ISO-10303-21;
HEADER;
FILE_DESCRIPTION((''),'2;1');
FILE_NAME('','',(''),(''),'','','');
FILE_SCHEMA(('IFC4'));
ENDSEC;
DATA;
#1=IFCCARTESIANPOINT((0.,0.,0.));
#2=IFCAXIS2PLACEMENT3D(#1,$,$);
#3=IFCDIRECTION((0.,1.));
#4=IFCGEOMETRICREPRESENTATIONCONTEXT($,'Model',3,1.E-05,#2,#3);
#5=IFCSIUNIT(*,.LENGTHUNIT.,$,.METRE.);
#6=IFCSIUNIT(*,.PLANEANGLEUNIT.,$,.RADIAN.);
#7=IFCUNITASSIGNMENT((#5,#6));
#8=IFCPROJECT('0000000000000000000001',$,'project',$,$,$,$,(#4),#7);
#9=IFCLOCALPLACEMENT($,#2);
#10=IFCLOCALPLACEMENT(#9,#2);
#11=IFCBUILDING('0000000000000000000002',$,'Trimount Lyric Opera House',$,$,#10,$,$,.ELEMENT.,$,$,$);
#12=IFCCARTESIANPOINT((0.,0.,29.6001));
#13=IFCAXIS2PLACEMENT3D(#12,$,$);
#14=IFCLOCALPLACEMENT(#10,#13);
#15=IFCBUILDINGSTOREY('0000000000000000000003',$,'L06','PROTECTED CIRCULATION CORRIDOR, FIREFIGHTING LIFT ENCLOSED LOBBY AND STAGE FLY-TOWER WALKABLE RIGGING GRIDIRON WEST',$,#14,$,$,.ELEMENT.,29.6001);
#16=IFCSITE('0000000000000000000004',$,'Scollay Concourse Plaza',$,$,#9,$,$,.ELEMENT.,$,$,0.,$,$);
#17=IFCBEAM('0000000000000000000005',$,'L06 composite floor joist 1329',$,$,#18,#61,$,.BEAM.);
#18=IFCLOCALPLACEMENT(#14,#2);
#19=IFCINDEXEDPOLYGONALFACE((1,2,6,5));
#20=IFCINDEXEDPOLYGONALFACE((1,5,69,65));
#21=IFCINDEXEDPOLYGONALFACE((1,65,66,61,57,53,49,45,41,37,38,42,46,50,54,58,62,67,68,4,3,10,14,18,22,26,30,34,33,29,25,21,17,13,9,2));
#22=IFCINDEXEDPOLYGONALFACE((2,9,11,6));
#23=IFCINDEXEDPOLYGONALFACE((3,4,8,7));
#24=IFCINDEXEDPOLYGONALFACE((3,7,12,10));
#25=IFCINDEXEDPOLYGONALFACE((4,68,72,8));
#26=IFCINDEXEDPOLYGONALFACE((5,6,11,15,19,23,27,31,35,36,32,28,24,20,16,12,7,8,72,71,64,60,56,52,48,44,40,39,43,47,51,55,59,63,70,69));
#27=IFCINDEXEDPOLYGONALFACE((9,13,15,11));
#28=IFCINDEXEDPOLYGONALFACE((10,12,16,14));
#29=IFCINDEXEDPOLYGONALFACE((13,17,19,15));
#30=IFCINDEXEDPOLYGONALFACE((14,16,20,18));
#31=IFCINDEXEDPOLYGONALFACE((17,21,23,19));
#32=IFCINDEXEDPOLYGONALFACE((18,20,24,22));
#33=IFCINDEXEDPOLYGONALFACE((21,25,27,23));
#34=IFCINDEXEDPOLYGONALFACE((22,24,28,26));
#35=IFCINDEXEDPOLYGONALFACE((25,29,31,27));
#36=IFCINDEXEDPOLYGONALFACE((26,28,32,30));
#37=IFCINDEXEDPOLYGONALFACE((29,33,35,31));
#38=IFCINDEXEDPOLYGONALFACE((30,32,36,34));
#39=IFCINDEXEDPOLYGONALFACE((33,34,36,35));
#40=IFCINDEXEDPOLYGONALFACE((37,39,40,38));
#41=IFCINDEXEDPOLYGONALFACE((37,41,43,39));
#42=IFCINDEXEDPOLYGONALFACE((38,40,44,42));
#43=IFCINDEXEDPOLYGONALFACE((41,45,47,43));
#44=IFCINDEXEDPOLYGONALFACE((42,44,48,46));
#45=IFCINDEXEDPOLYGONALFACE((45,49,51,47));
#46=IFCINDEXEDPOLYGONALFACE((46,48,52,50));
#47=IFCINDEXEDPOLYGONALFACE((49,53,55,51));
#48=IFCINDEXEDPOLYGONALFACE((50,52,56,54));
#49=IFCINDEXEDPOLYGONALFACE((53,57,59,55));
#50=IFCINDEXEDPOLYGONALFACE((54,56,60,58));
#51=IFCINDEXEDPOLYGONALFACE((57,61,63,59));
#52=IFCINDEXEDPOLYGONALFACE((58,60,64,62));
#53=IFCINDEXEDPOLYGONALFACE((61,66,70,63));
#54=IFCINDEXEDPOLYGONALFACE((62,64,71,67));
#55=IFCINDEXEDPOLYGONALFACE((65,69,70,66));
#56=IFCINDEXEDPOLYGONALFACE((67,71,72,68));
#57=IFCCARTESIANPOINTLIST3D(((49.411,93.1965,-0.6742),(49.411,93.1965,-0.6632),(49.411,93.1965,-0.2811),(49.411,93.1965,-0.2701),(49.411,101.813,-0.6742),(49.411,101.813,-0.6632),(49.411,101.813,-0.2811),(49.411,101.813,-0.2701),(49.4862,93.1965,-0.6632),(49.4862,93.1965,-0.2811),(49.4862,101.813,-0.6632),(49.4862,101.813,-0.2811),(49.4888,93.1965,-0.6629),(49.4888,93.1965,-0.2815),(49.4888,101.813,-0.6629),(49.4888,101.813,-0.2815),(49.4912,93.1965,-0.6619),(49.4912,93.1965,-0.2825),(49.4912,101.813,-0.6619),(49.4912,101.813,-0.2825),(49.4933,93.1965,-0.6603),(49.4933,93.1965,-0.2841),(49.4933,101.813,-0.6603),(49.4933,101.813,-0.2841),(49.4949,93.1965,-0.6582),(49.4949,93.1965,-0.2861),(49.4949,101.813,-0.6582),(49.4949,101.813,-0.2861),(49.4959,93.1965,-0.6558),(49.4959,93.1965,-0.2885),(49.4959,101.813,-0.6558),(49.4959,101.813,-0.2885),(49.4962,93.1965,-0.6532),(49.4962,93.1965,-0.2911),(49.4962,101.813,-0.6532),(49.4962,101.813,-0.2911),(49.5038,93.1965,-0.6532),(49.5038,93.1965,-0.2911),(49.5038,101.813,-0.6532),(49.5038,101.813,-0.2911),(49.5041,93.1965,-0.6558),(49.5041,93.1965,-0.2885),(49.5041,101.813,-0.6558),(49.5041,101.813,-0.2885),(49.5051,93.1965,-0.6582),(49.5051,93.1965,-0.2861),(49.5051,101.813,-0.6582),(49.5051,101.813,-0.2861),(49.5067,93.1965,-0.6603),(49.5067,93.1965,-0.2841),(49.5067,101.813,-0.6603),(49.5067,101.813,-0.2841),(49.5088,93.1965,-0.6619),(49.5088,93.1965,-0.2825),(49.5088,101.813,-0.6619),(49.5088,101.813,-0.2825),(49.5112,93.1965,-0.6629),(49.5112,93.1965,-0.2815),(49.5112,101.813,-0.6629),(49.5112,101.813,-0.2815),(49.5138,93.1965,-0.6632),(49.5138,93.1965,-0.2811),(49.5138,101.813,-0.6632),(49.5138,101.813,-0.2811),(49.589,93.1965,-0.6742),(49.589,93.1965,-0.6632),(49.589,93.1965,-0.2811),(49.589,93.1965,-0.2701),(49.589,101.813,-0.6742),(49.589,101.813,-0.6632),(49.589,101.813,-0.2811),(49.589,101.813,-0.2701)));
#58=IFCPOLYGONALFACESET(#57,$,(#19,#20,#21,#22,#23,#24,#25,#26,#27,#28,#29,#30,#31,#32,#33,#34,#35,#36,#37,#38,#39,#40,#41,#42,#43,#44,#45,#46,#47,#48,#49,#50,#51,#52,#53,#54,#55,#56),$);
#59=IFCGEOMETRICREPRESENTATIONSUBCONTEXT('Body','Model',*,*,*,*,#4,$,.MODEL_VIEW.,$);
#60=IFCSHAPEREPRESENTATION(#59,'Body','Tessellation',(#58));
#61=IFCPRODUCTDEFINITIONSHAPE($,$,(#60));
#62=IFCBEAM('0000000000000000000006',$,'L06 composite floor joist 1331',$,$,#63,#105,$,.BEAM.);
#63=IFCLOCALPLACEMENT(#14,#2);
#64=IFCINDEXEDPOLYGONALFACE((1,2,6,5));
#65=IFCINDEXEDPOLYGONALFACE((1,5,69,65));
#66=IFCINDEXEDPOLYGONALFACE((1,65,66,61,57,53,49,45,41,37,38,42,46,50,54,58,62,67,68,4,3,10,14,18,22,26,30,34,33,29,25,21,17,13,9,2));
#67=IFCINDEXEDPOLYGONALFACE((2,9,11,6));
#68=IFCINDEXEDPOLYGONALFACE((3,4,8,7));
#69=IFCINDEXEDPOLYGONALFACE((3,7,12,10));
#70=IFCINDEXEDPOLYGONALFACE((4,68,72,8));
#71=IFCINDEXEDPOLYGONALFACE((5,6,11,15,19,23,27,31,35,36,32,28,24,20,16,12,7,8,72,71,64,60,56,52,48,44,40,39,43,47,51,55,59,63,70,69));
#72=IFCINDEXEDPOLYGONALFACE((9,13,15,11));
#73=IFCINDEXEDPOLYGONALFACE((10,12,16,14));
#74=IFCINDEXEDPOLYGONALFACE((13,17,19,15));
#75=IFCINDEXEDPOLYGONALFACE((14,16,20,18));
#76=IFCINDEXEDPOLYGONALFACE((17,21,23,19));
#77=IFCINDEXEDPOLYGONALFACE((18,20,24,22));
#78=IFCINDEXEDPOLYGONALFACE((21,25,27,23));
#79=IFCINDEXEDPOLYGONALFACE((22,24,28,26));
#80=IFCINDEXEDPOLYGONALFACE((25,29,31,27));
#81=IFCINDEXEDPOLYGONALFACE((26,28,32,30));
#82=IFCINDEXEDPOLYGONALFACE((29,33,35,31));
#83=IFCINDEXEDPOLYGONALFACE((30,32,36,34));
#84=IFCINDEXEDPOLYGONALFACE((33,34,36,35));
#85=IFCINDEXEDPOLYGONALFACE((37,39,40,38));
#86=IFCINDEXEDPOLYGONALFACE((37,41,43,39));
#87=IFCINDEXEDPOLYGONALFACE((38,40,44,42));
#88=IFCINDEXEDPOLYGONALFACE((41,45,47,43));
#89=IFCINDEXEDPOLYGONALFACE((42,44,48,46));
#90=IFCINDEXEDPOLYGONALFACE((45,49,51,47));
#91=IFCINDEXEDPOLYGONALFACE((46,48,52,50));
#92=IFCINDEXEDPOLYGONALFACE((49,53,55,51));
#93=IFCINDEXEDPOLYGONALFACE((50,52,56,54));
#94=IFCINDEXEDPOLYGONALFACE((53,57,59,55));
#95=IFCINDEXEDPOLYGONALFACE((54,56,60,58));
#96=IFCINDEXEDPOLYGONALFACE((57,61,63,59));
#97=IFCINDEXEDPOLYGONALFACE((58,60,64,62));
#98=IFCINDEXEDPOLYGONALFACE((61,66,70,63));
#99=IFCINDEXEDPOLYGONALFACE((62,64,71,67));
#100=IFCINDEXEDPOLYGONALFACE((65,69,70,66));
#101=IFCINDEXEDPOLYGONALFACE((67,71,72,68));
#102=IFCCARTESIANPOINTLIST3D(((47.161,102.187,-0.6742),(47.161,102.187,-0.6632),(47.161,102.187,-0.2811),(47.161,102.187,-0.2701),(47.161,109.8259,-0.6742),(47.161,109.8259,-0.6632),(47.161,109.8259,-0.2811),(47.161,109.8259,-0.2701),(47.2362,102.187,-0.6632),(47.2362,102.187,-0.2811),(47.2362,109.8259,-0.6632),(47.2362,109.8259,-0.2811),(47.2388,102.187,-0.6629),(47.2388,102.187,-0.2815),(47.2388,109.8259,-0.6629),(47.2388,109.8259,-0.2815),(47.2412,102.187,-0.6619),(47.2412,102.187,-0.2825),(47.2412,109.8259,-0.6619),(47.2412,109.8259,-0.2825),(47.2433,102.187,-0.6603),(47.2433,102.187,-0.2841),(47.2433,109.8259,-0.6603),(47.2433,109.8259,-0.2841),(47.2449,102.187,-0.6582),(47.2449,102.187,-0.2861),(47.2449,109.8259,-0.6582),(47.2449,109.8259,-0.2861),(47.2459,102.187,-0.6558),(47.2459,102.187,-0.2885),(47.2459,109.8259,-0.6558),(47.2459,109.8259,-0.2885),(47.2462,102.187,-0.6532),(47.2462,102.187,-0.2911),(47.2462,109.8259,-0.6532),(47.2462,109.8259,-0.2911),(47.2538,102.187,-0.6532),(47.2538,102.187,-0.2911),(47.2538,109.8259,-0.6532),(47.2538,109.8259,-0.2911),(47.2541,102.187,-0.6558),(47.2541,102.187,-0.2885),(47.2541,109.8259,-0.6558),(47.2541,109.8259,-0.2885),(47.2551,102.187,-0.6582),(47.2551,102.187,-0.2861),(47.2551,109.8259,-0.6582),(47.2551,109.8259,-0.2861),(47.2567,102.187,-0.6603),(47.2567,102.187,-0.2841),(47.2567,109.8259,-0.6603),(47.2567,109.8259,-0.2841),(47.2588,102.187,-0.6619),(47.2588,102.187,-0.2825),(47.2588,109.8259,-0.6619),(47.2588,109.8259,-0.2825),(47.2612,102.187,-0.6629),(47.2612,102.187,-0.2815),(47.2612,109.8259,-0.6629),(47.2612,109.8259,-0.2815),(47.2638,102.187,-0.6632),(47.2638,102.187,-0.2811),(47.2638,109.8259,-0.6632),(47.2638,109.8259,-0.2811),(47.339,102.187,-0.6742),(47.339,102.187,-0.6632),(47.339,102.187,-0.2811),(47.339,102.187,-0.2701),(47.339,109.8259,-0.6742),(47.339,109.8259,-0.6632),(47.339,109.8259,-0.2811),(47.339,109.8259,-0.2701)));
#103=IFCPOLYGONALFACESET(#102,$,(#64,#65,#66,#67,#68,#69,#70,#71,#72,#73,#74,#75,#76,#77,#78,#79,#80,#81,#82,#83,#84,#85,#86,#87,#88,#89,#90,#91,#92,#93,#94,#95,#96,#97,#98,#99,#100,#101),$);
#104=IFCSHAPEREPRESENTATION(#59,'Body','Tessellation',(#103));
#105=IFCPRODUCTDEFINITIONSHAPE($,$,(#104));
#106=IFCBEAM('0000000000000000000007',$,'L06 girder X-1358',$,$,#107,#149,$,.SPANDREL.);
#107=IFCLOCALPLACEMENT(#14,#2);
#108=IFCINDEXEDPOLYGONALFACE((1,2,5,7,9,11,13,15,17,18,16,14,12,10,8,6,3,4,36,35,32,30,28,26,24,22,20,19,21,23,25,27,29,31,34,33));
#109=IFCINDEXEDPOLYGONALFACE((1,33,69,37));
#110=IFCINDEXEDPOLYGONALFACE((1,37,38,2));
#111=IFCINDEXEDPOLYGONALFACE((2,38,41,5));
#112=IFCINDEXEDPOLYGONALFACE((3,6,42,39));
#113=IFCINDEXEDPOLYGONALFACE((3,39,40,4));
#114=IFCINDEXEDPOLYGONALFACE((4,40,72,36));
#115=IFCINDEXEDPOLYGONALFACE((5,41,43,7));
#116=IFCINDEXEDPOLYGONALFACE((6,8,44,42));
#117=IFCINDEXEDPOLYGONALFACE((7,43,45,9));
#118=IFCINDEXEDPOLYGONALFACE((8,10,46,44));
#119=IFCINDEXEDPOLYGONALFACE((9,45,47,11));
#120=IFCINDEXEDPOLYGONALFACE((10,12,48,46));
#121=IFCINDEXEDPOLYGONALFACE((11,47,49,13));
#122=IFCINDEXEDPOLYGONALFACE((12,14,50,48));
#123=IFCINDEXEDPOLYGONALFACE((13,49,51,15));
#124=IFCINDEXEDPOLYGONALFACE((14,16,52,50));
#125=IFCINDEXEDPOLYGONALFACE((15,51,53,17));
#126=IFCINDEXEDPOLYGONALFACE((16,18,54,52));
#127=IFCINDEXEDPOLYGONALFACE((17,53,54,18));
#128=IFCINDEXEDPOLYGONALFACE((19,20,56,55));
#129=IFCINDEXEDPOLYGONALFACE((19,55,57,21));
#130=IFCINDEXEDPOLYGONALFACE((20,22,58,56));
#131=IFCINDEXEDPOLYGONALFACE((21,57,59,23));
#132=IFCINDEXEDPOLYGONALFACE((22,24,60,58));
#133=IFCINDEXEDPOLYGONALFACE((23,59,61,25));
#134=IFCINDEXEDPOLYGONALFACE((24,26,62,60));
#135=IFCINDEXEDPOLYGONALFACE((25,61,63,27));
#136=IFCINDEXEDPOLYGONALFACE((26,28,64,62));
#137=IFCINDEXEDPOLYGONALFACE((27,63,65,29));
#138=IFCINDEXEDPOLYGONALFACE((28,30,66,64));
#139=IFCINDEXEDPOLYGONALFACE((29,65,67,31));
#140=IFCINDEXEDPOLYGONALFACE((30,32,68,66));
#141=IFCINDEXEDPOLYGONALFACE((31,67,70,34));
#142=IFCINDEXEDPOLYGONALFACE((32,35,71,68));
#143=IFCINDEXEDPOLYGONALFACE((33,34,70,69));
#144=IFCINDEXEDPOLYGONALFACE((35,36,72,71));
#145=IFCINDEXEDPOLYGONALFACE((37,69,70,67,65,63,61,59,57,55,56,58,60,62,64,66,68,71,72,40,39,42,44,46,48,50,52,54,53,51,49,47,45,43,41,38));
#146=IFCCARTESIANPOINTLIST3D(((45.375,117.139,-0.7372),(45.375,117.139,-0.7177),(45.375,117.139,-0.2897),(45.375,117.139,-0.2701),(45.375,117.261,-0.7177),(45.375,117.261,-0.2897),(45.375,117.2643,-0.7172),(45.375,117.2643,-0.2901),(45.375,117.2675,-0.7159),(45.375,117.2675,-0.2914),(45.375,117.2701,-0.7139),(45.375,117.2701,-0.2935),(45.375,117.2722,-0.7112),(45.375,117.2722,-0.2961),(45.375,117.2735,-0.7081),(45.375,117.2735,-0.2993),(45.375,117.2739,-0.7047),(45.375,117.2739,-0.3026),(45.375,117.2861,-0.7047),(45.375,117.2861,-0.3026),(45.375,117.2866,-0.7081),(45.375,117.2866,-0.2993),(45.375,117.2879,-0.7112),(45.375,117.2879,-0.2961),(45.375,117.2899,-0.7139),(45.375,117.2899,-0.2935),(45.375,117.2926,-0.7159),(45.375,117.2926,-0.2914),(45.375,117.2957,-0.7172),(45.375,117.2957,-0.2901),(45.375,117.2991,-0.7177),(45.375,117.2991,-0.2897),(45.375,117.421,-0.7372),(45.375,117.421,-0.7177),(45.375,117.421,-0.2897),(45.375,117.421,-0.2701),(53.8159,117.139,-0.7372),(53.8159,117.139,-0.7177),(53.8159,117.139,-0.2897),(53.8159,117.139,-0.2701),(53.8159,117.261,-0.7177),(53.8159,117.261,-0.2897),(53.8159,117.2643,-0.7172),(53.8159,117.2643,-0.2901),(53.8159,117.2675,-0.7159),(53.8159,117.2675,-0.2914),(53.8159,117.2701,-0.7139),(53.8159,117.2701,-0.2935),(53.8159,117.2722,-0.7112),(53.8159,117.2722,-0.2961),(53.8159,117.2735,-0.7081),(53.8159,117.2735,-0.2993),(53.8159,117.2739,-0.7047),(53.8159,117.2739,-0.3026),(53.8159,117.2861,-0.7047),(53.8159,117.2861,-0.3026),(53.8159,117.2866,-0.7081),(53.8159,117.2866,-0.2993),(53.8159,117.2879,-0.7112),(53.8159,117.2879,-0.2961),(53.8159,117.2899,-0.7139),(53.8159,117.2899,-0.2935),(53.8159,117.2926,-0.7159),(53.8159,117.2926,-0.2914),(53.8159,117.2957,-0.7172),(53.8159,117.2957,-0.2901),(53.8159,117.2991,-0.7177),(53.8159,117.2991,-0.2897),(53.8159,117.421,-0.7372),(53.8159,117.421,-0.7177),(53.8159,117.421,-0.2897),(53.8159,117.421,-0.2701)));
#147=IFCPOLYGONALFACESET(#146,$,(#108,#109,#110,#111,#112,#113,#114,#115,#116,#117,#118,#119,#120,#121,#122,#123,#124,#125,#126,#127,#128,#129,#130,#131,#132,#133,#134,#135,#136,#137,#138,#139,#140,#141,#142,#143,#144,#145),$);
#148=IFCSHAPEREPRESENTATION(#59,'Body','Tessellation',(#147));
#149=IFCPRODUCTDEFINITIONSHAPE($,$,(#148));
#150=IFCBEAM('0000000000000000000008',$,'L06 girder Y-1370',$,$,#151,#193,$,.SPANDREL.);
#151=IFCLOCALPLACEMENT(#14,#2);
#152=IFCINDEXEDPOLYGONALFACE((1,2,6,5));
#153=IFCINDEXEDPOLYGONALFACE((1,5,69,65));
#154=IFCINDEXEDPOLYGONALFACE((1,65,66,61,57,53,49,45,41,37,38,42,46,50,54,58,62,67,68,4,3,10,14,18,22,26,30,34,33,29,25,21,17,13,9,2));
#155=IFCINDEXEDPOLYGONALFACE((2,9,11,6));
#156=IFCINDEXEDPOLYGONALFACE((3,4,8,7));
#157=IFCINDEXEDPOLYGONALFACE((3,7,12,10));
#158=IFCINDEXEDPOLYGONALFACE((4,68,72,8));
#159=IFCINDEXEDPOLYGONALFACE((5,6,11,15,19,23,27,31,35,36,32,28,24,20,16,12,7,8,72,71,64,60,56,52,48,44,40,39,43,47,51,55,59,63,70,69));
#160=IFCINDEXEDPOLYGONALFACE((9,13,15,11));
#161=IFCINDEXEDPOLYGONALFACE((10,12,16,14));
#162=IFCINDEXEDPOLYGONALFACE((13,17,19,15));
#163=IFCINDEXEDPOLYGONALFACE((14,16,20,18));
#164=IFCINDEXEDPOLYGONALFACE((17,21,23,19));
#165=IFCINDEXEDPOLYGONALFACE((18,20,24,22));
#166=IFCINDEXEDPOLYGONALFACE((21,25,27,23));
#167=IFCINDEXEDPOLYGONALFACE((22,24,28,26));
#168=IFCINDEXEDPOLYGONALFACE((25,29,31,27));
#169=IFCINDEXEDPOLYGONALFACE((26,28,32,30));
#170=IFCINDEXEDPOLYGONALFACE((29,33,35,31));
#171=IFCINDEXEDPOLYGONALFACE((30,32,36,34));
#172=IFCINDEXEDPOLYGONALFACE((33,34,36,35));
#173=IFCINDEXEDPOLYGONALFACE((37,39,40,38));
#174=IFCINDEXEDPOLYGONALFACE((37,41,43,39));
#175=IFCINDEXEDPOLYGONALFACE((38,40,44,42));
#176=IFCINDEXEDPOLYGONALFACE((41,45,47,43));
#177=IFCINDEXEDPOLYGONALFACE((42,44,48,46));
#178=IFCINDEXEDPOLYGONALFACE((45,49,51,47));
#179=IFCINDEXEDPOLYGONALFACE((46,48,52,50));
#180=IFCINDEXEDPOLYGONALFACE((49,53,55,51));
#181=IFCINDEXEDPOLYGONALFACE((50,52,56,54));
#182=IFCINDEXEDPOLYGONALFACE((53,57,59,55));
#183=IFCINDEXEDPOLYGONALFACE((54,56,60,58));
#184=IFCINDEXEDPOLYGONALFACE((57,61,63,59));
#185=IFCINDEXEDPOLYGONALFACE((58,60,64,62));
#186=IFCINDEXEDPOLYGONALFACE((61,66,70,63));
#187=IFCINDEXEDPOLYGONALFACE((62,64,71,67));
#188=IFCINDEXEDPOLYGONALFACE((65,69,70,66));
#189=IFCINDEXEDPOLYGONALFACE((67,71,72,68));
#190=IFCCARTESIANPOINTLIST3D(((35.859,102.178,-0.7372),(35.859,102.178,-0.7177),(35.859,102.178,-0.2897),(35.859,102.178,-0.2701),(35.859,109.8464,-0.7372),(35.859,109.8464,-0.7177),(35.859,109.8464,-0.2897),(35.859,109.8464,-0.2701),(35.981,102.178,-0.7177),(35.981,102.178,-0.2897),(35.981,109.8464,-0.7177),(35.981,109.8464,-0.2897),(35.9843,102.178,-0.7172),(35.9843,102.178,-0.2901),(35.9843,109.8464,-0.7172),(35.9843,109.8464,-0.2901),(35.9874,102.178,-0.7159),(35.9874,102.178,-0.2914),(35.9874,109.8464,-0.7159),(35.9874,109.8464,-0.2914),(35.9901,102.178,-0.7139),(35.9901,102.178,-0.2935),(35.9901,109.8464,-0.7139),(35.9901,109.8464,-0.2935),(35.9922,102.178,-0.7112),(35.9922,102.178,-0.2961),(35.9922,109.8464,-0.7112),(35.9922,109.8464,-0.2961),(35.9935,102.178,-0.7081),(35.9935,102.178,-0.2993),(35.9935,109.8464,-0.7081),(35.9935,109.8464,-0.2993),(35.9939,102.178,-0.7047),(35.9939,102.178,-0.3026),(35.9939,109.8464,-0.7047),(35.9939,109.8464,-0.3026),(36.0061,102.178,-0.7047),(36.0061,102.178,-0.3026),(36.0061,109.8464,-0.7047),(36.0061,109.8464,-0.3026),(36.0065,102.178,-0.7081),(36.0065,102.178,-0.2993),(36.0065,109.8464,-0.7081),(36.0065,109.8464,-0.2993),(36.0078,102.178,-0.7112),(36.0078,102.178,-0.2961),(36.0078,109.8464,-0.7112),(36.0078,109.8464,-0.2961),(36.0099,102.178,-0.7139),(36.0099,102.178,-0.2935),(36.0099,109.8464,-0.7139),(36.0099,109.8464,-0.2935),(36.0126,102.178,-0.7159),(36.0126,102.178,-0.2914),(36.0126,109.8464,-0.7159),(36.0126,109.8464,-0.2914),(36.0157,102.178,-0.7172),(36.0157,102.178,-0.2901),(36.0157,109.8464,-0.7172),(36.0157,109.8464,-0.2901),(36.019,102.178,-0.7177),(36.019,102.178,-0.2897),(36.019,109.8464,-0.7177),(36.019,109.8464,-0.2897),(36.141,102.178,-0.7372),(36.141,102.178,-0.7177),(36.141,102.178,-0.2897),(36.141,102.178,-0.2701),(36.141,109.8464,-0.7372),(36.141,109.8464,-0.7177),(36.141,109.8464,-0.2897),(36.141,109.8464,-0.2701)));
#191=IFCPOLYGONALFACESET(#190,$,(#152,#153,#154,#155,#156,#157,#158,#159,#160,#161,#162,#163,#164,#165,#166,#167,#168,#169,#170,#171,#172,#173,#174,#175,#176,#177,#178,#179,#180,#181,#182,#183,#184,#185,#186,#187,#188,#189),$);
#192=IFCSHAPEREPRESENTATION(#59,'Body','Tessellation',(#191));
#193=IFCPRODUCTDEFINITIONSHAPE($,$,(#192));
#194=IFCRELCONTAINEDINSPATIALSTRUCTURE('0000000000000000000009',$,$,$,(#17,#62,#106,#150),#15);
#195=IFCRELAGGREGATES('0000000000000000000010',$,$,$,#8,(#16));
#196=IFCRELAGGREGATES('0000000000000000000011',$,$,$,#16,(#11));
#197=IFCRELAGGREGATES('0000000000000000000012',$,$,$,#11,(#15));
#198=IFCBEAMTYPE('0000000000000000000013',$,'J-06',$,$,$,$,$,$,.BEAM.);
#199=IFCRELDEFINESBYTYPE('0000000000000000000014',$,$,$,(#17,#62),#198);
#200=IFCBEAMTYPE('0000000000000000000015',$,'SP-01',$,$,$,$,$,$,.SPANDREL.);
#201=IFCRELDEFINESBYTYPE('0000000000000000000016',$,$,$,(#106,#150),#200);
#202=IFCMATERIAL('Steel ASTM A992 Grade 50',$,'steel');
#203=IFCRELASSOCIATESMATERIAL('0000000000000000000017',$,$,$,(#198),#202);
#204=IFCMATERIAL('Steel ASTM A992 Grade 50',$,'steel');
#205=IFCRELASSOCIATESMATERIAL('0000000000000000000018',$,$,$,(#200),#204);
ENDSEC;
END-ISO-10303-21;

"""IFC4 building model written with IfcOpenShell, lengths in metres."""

from ifc_helpers import new_model, si_unit, direction, frame, origin, origin_2d, place, context, subcontext, project, spatial, i_section, extrude, material, material_profile, profile_set, type_object, element, save


model = new_model("IFC4")

# Units and contexts
model_context = context("Model", 3, precision=1e-05, world=origin(), true_north=direction((0.0, 1.0)))
body_context = subcontext(model_context, "Body", "Model", "MODEL_VIEW")
ifc_project = project(units=[si_unit("LENGTHUNIT", "METRE"), si_unit("PLANEANGLEUNIT", "RADIAN")], contexts=[model_context])

# Site, building, storey
site_placement = place(None, origin())
site = spatial("IfcSite", under=ifc_project, at=site_placement, Name="Scollay Concourse Plaza", CompositionType="ELEMENT", RefElevation=0.0)
building_placement = place(site_placement, origin())
building = spatial("IfcBuilding", under=site, at=building_placement, Name="Trimount Lyric Opera House", CompositionType="ELEMENT")
storey_placement = place(building_placement, frame((0.0, 0.0, 29.6001)))
storey = spatial("IfcBuildingStorey", under=building, at=storey_placement, Name="L06", Description="PROTECTED CIRCULATION CORRIDOR, FIREFIGHTING LIFT ENCLOSED LOBBY AND STAGE FLY-TOWER WALKABLE RIGGING GRIDIRON WEST", CompositionType="ELEMENT", Elevation=29.6001)

# Beams
ifc_material_1 = material(Name="Steel ASTM A992 Grade 50", Category="steel")
ifc_material_profile_1 = material_profile(ifc_material_1, i_section(OverallWidth=0.178, OverallDepth=0.4041, WebThickness=0.0076, FlangeThickness=0.011, FilletRadius=0.01, at=origin_2d()), Name="W16X36")
ifc_profile_set_1 = profile_set([ifc_material_profile_1], Name="Steel ASTM A992 Grade 50")
beam_type_1 = type_object("IfcBeamType", Name="J-06", PredefinedType="BEAM", material=ifc_profile_set_1)
beam_1_placement = place(storey_placement, frame((49.5, 93.1965, -0.4722), z_axis=(0.0, 1.0, 0.0), x_axis=(-1.0, 0.0, 0.0)))
element("IfcBeam", 1, at=beam_1_placement, inside=storey, type_object=beam_type_1, Name="L06 composite floor joist 1329", PredefinedType="BEAM", context=body_context, shape_type="SweptSolid", body=[
    extrude(i_section(OverallWidth=0.178, OverallDepth=0.4041, WebThickness=0.0076, FlangeThickness=0.011, FilletRadius=0.01, at=origin_2d()), origin(), (0.0, 0.0, 1.0), 8.6165),
])
beam_2_placement = place(storey_placement, frame((47.25, 102.187, -0.4722), z_axis=(0.0, 1.0, 0.0), x_axis=(-1.0, 0.0, 0.0)))
element("IfcBeam", 2, at=beam_2_placement, inside=storey, type_object=beam_type_1, Name="L06 composite floor joist 1331", PredefinedType="BEAM", context=body_context, shape_type="SweptSolid", body=[
    extrude(i_section(OverallWidth=0.178, OverallDepth=0.4041, WebThickness=0.0076, FlangeThickness=0.011, FilletRadius=0.01, at=origin_2d()), origin(), (0.0, 0.0, 1.0), 7.6389),
])
ifc_material_2 = material(Name="Steel ASTM A992 Grade 50", Category="steel")
ifc_material_profile_2 = material_profile(ifc_material_2, i_section(OverallWidth=0.282, OverallDepth=0.467, WebThickness=0.0122, FlangeThickness=0.0195, FilletRadius=0.0129, at=origin_2d()), Name="W18X86")
ifc_profile_set_2 = profile_set([ifc_material_profile_2], Name="Steel ASTM A992 Grade 50")
beam_type_2 = type_object("IfcBeamType", Name="SP-01", PredefinedType="SPANDREL", material=ifc_profile_set_2)
beam_3_placement = place(storey_placement, frame((45.375, 117.28, -0.5037), z_axis=(1.0, 0.0, 0.0), x_axis=(0.0, 1.0, 0.0)))
element("IfcBeam", 3, at=beam_3_placement, inside=storey, type_object=beam_type_2, Name="L06 girder X-1358", PredefinedType="SPANDREL", context=body_context, shape_type="SweptSolid", body=[
    extrude(i_section(OverallWidth=0.282, OverallDepth=0.467, WebThickness=0.0122, FlangeThickness=0.0195, FilletRadius=0.0129, at=origin_2d()), origin(), (0.0, 0.0, 1.0), 8.4409),
])
beam_4_placement = place(storey_placement, frame((36.0, 102.178, -0.5037), z_axis=(0.0, 1.0, 0.0), x_axis=(-1.0, 0.0, 0.0)))
element("IfcBeam", 4, at=beam_4_placement, inside=storey, type_object=beam_type_2, Name="L06 girder Y-1370", PredefinedType="SPANDREL", context=body_context, shape_type="SweptSolid", body=[
    extrude(i_section(OverallWidth=0.282, OverallDepth=0.467, WebThickness=0.0122, FlangeThickness=0.0195, FilletRadius=0.0129, at=origin_2d()), origin(), (0.0, 0.0, 1.0), 7.6685),
])

save(model, "model.ifc")
